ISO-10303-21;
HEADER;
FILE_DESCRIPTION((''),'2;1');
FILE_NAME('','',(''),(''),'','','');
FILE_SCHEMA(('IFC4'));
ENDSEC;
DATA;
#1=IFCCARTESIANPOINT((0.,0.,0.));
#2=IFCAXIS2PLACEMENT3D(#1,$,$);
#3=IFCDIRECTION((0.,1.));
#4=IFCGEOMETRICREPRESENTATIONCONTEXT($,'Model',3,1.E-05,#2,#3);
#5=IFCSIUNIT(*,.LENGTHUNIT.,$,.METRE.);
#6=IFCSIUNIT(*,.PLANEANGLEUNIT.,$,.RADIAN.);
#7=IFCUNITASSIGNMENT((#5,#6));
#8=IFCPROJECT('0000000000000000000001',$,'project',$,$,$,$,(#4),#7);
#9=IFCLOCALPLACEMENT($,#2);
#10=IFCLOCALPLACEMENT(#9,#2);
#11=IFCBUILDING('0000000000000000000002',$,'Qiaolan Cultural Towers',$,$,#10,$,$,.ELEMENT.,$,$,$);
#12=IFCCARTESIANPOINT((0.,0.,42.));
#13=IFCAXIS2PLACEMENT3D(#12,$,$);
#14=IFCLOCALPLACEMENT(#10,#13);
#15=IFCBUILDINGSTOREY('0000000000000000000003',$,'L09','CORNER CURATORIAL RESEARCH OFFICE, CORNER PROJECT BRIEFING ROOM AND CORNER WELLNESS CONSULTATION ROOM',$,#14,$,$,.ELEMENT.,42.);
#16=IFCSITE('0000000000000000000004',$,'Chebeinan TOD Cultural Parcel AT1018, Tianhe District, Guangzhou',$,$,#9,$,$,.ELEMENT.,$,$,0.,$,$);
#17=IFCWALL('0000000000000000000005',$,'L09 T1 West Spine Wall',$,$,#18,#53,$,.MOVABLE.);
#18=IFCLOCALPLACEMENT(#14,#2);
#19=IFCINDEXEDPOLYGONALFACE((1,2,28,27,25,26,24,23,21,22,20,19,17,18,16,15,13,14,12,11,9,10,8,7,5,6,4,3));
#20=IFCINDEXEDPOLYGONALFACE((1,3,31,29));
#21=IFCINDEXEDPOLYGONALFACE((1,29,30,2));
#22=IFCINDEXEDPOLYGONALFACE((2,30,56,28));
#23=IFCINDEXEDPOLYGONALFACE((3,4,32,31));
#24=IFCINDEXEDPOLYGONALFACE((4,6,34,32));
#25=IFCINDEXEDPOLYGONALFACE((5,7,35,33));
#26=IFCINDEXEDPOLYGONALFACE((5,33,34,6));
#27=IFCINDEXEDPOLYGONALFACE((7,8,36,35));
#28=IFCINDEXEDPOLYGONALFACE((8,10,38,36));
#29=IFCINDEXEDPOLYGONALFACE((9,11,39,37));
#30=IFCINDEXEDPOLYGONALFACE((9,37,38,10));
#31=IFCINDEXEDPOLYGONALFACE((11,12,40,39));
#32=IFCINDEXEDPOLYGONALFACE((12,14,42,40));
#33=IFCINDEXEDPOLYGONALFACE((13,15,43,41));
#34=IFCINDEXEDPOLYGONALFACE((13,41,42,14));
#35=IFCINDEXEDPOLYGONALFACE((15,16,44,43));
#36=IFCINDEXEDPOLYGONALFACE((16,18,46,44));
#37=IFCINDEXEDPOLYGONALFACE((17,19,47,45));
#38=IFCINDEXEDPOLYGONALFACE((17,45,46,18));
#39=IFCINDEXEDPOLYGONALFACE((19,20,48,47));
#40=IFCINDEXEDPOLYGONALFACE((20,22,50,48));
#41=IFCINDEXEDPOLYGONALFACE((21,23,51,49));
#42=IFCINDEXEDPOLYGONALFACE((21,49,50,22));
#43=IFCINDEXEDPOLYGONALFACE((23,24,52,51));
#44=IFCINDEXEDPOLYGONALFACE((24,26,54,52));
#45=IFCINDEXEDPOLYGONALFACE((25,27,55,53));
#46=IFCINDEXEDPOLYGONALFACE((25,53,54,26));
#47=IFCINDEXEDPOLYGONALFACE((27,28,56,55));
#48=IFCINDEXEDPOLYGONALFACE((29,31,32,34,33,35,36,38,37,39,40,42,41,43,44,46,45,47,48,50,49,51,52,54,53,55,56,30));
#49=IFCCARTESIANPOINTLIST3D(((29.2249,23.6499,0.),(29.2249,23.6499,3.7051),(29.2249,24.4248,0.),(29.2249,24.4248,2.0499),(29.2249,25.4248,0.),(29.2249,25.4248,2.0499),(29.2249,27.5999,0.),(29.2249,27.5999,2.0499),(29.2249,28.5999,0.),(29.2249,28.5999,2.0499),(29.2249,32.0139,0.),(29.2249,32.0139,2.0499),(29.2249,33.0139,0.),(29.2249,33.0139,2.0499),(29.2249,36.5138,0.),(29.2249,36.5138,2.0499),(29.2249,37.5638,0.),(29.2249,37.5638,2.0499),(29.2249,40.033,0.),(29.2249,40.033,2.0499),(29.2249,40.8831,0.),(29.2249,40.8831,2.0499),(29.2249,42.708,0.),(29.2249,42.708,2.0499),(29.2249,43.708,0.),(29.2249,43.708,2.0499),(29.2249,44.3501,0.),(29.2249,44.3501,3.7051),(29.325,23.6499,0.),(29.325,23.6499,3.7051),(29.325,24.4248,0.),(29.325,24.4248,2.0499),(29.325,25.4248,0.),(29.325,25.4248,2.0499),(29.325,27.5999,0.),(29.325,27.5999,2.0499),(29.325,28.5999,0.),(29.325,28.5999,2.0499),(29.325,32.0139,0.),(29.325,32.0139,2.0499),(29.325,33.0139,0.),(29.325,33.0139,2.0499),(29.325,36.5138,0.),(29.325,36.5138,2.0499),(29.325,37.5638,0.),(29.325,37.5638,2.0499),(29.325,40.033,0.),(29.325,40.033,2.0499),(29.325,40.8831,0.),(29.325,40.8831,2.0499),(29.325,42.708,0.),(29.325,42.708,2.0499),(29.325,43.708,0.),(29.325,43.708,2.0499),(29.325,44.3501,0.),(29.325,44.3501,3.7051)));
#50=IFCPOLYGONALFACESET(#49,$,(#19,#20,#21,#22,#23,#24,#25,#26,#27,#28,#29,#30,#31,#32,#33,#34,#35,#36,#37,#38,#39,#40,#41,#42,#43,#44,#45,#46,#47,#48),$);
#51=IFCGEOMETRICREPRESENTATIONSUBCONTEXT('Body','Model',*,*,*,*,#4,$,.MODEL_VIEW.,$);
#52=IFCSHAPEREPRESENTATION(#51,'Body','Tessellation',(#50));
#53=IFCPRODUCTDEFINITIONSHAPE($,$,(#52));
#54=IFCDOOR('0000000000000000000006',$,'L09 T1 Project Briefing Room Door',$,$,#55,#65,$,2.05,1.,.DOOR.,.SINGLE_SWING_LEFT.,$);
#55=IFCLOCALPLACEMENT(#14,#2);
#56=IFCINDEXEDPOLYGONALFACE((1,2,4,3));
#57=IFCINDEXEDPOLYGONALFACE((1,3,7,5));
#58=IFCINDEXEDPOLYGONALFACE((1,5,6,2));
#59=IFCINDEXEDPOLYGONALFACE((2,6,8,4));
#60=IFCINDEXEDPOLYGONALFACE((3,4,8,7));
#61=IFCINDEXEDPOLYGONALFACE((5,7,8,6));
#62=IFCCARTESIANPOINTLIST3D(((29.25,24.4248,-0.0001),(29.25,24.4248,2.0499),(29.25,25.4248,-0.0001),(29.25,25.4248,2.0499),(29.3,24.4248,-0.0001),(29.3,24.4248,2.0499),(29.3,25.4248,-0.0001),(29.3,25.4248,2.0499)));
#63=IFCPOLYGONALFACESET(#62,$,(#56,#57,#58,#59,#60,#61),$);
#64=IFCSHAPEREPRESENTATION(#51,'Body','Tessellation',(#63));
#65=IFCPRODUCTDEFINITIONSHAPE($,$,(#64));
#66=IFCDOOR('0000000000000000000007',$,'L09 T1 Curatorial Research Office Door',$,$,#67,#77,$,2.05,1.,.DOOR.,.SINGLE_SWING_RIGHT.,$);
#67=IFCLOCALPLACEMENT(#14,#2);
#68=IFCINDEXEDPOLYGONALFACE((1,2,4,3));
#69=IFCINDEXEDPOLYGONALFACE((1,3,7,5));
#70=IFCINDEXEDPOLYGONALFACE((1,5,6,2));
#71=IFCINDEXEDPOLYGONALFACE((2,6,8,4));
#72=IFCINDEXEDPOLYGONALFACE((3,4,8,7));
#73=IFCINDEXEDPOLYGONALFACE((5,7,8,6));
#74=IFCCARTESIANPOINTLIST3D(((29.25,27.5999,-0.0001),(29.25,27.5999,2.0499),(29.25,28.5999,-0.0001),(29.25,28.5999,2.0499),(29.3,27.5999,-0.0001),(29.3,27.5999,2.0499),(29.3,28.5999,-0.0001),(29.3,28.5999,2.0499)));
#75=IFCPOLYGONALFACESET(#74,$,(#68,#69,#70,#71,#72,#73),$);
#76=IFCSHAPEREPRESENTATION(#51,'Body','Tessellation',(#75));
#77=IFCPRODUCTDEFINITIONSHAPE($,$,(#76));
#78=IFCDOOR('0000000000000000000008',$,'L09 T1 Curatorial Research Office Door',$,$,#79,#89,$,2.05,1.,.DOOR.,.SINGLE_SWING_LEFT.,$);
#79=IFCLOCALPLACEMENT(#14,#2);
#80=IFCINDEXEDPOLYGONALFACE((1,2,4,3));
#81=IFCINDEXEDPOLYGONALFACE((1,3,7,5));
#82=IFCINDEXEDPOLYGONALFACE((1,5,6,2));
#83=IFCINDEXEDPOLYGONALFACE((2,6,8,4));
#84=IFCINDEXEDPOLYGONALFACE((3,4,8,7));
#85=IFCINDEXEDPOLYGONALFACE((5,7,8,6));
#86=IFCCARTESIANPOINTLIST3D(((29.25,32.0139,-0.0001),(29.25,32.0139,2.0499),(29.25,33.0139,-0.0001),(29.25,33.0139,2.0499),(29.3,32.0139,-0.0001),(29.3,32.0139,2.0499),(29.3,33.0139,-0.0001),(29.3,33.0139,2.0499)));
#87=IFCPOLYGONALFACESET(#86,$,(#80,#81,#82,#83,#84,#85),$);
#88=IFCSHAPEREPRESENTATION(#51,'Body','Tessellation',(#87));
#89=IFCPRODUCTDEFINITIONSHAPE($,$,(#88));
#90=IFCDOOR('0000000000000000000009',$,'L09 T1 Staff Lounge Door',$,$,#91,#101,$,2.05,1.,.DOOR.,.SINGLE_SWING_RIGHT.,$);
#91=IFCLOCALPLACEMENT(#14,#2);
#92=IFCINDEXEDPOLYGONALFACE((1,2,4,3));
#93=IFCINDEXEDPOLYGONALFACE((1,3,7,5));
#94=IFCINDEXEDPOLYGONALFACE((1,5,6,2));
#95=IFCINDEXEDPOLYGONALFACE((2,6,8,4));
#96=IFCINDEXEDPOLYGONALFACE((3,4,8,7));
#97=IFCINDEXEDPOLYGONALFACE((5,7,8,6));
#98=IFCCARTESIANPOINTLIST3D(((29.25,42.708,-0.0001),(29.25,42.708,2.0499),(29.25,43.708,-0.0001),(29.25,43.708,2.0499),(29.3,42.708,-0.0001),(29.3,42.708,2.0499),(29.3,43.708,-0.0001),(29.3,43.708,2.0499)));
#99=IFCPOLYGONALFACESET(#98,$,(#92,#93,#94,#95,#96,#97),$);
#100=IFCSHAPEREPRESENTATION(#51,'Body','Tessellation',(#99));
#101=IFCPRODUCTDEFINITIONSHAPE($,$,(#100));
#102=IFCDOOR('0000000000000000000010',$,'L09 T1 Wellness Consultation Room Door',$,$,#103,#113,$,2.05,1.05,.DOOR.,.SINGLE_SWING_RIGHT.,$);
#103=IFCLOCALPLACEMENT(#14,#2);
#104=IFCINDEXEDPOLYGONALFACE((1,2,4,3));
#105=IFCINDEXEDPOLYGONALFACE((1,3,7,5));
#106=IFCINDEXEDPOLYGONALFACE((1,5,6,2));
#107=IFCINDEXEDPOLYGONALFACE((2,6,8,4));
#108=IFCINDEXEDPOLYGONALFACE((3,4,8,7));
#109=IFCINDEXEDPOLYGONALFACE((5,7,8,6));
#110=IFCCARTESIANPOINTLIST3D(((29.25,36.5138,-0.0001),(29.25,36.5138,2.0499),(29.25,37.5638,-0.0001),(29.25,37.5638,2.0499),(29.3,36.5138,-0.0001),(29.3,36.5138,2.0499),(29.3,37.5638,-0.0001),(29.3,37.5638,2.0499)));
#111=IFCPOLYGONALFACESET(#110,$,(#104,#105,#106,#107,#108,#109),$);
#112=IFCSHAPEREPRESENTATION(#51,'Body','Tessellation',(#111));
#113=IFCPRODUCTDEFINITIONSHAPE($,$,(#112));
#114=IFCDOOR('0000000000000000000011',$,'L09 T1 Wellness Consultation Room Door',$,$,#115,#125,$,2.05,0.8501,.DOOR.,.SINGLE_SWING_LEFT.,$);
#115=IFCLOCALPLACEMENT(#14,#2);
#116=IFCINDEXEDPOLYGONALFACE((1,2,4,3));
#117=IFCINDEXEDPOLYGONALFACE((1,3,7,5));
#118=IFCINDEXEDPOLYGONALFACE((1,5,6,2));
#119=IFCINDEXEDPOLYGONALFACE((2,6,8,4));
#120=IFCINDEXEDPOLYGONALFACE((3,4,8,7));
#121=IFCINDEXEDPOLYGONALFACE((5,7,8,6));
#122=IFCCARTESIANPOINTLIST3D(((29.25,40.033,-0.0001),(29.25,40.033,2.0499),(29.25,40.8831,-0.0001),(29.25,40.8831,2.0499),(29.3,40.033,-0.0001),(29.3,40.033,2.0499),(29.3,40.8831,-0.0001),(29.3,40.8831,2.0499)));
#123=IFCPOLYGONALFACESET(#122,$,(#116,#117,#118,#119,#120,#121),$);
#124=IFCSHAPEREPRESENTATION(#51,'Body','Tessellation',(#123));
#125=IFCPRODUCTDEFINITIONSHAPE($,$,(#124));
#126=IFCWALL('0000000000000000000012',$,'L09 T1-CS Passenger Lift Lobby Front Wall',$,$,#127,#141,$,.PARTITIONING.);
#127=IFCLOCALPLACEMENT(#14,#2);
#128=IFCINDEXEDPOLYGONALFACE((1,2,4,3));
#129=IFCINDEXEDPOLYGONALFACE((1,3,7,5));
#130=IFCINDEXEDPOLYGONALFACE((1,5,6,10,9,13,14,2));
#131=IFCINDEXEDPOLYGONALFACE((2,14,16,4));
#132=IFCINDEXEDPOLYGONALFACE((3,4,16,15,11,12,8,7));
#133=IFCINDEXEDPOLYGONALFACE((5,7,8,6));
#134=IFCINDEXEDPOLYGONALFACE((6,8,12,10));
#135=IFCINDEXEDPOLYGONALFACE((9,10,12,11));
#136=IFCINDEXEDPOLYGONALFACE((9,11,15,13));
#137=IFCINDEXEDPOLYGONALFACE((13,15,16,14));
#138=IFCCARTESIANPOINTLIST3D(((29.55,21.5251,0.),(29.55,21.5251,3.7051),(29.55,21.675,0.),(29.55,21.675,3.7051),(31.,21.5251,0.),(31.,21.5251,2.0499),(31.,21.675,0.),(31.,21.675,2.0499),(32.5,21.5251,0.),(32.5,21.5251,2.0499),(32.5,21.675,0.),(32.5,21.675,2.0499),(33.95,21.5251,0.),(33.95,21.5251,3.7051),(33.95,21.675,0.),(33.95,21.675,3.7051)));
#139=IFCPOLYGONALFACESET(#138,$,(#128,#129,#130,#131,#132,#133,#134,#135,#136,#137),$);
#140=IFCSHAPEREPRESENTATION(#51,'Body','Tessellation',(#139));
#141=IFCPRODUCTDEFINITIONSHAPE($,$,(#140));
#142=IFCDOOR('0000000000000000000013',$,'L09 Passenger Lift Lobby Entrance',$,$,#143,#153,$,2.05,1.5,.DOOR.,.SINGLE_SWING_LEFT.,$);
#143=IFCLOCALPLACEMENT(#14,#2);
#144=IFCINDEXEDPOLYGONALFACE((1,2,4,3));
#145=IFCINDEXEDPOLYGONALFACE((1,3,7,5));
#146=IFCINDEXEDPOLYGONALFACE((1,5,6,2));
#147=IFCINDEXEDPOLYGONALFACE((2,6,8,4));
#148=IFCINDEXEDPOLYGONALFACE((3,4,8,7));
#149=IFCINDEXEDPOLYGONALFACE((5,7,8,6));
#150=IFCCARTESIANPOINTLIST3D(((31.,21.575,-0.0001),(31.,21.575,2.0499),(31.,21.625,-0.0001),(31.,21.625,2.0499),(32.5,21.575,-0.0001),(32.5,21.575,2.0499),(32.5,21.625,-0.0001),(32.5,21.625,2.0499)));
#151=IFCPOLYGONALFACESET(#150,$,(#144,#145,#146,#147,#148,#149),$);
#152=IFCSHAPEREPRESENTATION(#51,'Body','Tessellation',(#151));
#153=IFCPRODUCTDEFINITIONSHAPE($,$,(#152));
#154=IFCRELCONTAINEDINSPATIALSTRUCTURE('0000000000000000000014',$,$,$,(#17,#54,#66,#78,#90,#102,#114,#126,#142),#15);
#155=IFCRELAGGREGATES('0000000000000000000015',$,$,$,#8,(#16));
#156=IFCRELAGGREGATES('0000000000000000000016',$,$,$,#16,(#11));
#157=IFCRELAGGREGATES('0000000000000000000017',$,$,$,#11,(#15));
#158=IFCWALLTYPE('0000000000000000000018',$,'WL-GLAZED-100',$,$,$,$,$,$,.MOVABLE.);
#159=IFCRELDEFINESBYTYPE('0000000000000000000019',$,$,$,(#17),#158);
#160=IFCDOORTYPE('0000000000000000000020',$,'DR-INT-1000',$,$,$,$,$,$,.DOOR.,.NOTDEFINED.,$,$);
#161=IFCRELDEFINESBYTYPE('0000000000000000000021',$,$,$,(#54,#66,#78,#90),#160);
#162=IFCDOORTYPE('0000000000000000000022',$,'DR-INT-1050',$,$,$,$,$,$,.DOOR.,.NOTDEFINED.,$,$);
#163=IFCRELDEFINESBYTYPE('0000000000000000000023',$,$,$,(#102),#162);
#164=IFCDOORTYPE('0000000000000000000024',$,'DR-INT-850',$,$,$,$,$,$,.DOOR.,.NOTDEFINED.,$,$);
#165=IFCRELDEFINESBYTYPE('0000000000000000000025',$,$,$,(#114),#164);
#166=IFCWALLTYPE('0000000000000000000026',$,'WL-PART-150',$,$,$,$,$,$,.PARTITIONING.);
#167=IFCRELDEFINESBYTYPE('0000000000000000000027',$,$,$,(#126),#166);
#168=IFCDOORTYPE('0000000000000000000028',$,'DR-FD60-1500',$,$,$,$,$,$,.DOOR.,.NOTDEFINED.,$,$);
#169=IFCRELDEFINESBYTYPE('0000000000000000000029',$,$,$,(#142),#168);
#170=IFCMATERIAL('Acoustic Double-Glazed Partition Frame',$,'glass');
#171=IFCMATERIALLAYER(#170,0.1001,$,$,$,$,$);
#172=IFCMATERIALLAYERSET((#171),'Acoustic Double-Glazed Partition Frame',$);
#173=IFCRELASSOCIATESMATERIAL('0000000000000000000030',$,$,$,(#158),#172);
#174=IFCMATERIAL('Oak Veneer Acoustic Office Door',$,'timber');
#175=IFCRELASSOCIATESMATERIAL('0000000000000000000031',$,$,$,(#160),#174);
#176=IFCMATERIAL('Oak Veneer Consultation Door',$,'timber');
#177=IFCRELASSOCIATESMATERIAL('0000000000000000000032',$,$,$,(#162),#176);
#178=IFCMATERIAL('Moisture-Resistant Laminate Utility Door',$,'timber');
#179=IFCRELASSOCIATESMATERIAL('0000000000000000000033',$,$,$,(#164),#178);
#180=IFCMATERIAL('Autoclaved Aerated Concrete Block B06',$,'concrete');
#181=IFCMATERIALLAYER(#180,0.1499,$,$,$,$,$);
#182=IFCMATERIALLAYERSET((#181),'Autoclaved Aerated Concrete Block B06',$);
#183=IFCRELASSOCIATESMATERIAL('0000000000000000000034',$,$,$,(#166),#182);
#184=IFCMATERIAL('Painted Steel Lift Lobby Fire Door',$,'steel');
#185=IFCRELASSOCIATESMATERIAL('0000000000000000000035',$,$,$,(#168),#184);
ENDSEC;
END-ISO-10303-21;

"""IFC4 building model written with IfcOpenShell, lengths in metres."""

from ifc_helpers import new_model, si_unit, direction, frame, frame_2d, origin, place, context, subcontext, project, spatial, rectangle, extrude, material, layer, layer_set, type_object, element, fill, save


model = new_model("IFC4")

# Units and contexts
model_context = context("Model", 3, precision=1e-05, world=origin(), true_north=direction((0.0, 1.0)))
body_context = subcontext(model_context, "Body", "Model", "MODEL_VIEW")
ifc_project = project(units=[si_unit("LENGTHUNIT", "METRE"), si_unit("PLANEANGLEUNIT", "RADIAN")], contexts=[model_context])

# Site, building, storey
site_placement = place(None, origin())
site = spatial("IfcSite", under=ifc_project, at=site_placement, Name="Chebeinan TOD Cultural Parcel AT1018, Tianhe District, Guangzhou", CompositionType="ELEMENT", RefElevation=0.0)
building_placement = place(site_placement, origin())
building = spatial("IfcBuilding", under=site, at=building_placement, Name="Qiaolan Cultural Towers", CompositionType="ELEMENT")
storey_placement = place(building_placement, frame((0.0, 0.0, 42.0)))
storey = spatial("IfcBuildingStorey", under=building, at=storey_placement, Name="L09", Description="CORNER CURATORIAL RESEARCH OFFICE, CORNER PROJECT BRIEFING ROOM AND CORNER WELLNESS CONSULTATION ROOM", CompositionType="ELEMENT", Elevation=42.0)

# Shared definitions
ifc_material_1 = material(Name="Acoustic Double-Glazed Partition Frame", Category="glass")
ifc_layer_1 = layer(ifc_material_1, 0.1001)
ifc_layer_set_1 = layer_set([ifc_layer_1], Name="Acoustic Double-Glazed Partition Frame")
wall_type_1 = type_object("IfcWallType", Name="WL-GLAZED-100", PredefinedType="MOVABLE", material=ifc_layer_set_1)

# Wall, openings, doors
wall_1_placement = place(storey_placement, frame((29.2749, 23.6499, 0.0), z_axis=(0.0, 0.0, 1.0), x_axis=(0.0, 1.0, 0.0)))
wall_1 = element("IfcWall", 1, at=wall_1_placement, inside=storey, type_object=wall_type_1, Name="L09 T1 West Spine Wall", PredefinedType="MOVABLE", context=body_context, shape_type="SweptSolid", body=[
    extrude(rectangle(XDim=20.7002, YDim=0.1001, at=frame_2d((10.3501, 0.0))), origin(), (0.0, 0.0, 1.0), 3.7051),
])
opening_1_placement = place(wall_1_placement, frame((0.7749, 0.0, 0.0)))
opening_1 = element("IfcOpeningElement", 2, at=opening_1_placement, cuts=wall_1, PredefinedType="OPENING", context=body_context, shape_type="SweptSolid", body=[
    extrude(rectangle(XDim=1.0, YDim=2.05, at=frame_2d((0.5, 1.0249))), frame((0.0, 0.0601, 0.0), z_axis=(0.0, -1.0, 0.0), x_axis=(1.0, 0.0, 0.0)), (0.0, 0.0, 1.0), 0.1201),
])
opening_2_placement = place(wall_1_placement, frame((3.95, 0.0, 0.0)))
opening_2 = element("IfcOpeningElement", 3, at=opening_2_placement, cuts=wall_1, PredefinedType="OPENING", context=body_context, shape_type="SweptSolid", body=[
    extrude(rectangle(XDim=1.0, YDim=2.05, at=frame_2d((0.5, 1.0249))), frame((0.0, 0.0601, 0.0), z_axis=(0.0, -1.0, 0.0), x_axis=(1.0, 0.0, 0.0)), (0.0, 0.0, 1.0), 0.1201),
])
opening_3_placement = place(wall_1_placement, frame((8.364, 0.0, 0.0)))
opening_3 = element("IfcOpeningElement", 4, at=opening_3_placement, cuts=wall_1, PredefinedType="OPENING", context=body_context, shape_type="SweptSolid", body=[
    extrude(rectangle(XDim=1.0, YDim=2.05, at=frame_2d((0.5, 1.0249))), frame((0.0, 0.0601, 0.0), z_axis=(0.0, -1.0, 0.0), x_axis=(1.0, 0.0, 0.0)), (0.0, 0.0, 1.0), 0.1201),
])
opening_4_placement = place(wall_1_placement, frame((12.864, 0.0, 0.0)))
opening_4 = element("IfcOpeningElement", 5, at=opening_4_placement, cuts=wall_1, PredefinedType="OPENING", context=body_context, shape_type="SweptSolid", body=[
    extrude(rectangle(XDim=1.05, YDim=2.05, at=frame_2d((0.5249, 1.0249))), frame((0.0, 0.0601, 0.0), z_axis=(0.0, -1.0, 0.0), x_axis=(1.0, 0.0, 0.0)), (0.0, 0.0, 1.0), 0.1201),
])
opening_5_placement = place(wall_1_placement, frame((16.3831, 0.0, 0.0)))
opening_5 = element("IfcOpeningElement", 6, at=opening_5_placement, cuts=wall_1, PredefinedType="OPENING", context=body_context, shape_type="SweptSolid", body=[
    extrude(rectangle(XDim=0.8501, YDim=2.05, at=frame_2d((0.425, 1.0249))), frame((0.0, 0.0601, 0.0), z_axis=(0.0, -1.0, 0.0), x_axis=(1.0, 0.0, 0.0)), (0.0, 0.0, 1.0), 0.1201),
])
opening_6_placement = place(wall_1_placement, frame((19.0581, 0.0, 0.0)))
opening_6 = element("IfcOpeningElement", 7, at=opening_6_placement, cuts=wall_1, PredefinedType="OPENING", context=body_context, shape_type="SweptSolid", body=[
    extrude(rectangle(XDim=1.0, YDim=2.05, at=frame_2d((0.5, 1.0249))), frame((0.0, 0.0601, 0.0), z_axis=(0.0, -1.0, 0.0), x_axis=(1.0, 0.0, 0.0)), (0.0, 0.0, 1.0), 0.1201),
])
ifc_material_2 = material(Name="Oak Veneer Acoustic Office Door", Category="timber")
door_type_1 = type_object("IfcDoorType", Name="DR-INT-1000", OperationType="NOTDEFINED", PredefinedType="DOOR", material=ifc_material_2)
door_1_placement = place(opening_1_placement, origin())
door_1 = element("IfcDoor", 8, at=door_1_placement, inside=storey, type_object=door_type_1, Name="L09 T1 Project Briefing Room Door", OperationType="SINGLE_SWING_LEFT", OverallHeight=2.05, OverallWidth=1.0, PredefinedType="DOOR", context=body_context, shape_type="SweptSolid", body=[
    extrude(rectangle(XDim=1.0, YDim=2.05, at=frame_2d((0.5, 1.0249))), frame((0.0, 0.0249, 0.0), z_axis=(0.0, -1.0, 0.0), x_axis=(1.0, 0.0, 0.0)), (0.0, 0.0, 1.0), 0.05),
])
fill(opening_1, door_1)
door_2_placement = place(opening_2_placement, origin())
door_2 = element("IfcDoor", 9, at=door_2_placement, inside=storey, type_object=door_type_1, Name="L09 T1 Curatorial Research Office Door", OperationType="SINGLE_SWING_RIGHT", OverallHeight=2.05, OverallWidth=1.0, PredefinedType="DOOR", context=body_context, shape_type="SweptSolid", body=[
    extrude(rectangle(XDim=1.0, YDim=2.05, at=frame_2d((0.5, 1.0249))), frame((0.0, 0.0249, 0.0), z_axis=(0.0, -1.0, 0.0), x_axis=(1.0, 0.0, 0.0)), (0.0, 0.0, 1.0), 0.05),
])
fill(opening_2, door_2)
door_3_placement = place(opening_3_placement, origin())
door_3 = element("IfcDoor", 10, at=door_3_placement, inside=storey, type_object=door_type_1, Name="L09 T1 Curatorial Research Office Door", OperationType="SINGLE_SWING_LEFT", OverallHeight=2.05, OverallWidth=1.0, PredefinedType="DOOR", context=body_context, shape_type="SweptSolid", body=[
    extrude(rectangle(XDim=1.0, YDim=2.05, at=frame_2d((0.5, 1.0249))), frame((0.0, 0.0249, 0.0), z_axis=(0.0, -1.0, 0.0), x_axis=(1.0, 0.0, 0.0)), (0.0, 0.0, 1.0), 0.05),
])
fill(opening_3, door_3)
door_4_placement = place(opening_6_placement, origin())
door_4 = element("IfcDoor", 11, at=door_4_placement, inside=storey, type_object=door_type_1, Name="L09 T1 Staff Lounge Door", OperationType="SINGLE_SWING_RIGHT", OverallHeight=2.05, OverallWidth=1.0, PredefinedType="DOOR", context=body_context, shape_type="SweptSolid", body=[
    extrude(rectangle(XDim=1.0, YDim=2.05, at=frame_2d((0.5, 1.0249))), frame((0.0, 0.0249, 0.0), z_axis=(0.0, -1.0, 0.0), x_axis=(1.0, 0.0, 0.0)), (0.0, 0.0, 1.0), 0.05),
])
fill(opening_6, door_4)
ifc_material_3 = material(Name="Oak Veneer Consultation Door", Category="timber")
door_type_2 = type_object("IfcDoorType", Name="DR-INT-1050", OperationType="NOTDEFINED", PredefinedType="DOOR", material=ifc_material_3)
door_5_placement = place(opening_4_placement, origin())
door_5 = element("IfcDoor", 12, at=door_5_placement, inside=storey, type_object=door_type_2, Name="L09 T1 Wellness Consultation Room Door", OperationType="SINGLE_SWING_RIGHT", OverallHeight=2.05, OverallWidth=1.05, PredefinedType="DOOR", context=body_context, shape_type="SweptSolid", body=[
    extrude(rectangle(XDim=1.05, YDim=2.05, at=frame_2d((0.5249, 1.0249))), frame((0.0, 0.0249, 0.0), z_axis=(0.0, -1.0, 0.0), x_axis=(1.0, 0.0, 0.0)), (0.0, 0.0, 1.0), 0.05),
])
fill(opening_4, door_5)
ifc_material_4 = material(Name="Moisture-Resistant Laminate Utility Door", Category="timber")
door_type_3 = type_object("IfcDoorType", Name="DR-INT-850", OperationType="NOTDEFINED", PredefinedType="DOOR", material=ifc_material_4)
door_6_placement = place(opening_5_placement, origin())
door_6 = element("IfcDoor", 13, at=door_6_placement, inside=storey, type_object=door_type_3, Name="L09 T1 Wellness Consultation Room Door", OperationType="SINGLE_SWING_LEFT", OverallHeight=2.05, OverallWidth=0.8501, PredefinedType="DOOR", context=body_context, shape_type="SweptSolid", body=[
    extrude(rectangle(XDim=0.8501, YDim=2.05, at=frame_2d((0.425, 1.0249))), frame((0.0, 0.0249, 0.0), z_axis=(0.0, -1.0, 0.0), x_axis=(1.0, 0.0, 0.0)), (0.0, 0.0, 1.0), 0.05),
])
fill(opening_5, door_6)

# Wall, opening, door
ifc_material_5 = material(Name="Autoclaved Aerated Concrete Block B06", Category="concrete")
ifc_layer_2 = layer(ifc_material_5, 0.1499)
ifc_layer_set_2 = layer_set([ifc_layer_2], Name="Autoclaved Aerated Concrete Block B06")
wall_type_2 = type_object("IfcWallType", Name="WL-PART-150", PredefinedType="PARTITIONING", material=ifc_layer_set_2)
wall_2_placement = place(storey_placement, frame((29.55, 21.6001, 0.0), z_axis=(0.0, 0.0, 1.0), x_axis=(1.0, 0.0, 0.0)))
wall_2 = element("IfcWall", 14, at=wall_2_placement, inside=storey, type_object=wall_type_2, Name="L09 T1-CS Passenger Lift Lobby Front Wall", PredefinedType="PARTITIONING", context=body_context, shape_type="SweptSolid", body=[
    extrude(rectangle(XDim=4.3999, YDim=0.1499, at=frame_2d((2.2, 0.0))), origin(), (0.0, 0.0, 1.0), 3.7051),
])
opening_7_placement = place(wall_2_placement, frame((1.45, 0.0, 0.0)))
opening_7 = element("IfcOpeningElement", 15, at=opening_7_placement, cuts=wall_2, PredefinedType="OPENING", context=body_context, shape_type="SweptSolid", body=[
    extrude(rectangle(XDim=1.5, YDim=2.05, at=frame_2d((0.75, 1.0249))), frame((0.0, 0.085, 0.0), z_axis=(0.0, -1.0, 0.0), x_axis=(1.0, 0.0, 0.0)), (0.0, 0.0, 1.0), 0.1699),
])
ifc_material_6 = material(Name="Painted Steel Lift Lobby Fire Door", Category="steel")
door_type_4 = type_object("IfcDoorType", Name="DR-FD60-1500", OperationType="NOTDEFINED", PredefinedType="DOOR", material=ifc_material_6)
door_7_placement = place(opening_7_placement, origin())
door_7 = element("IfcDoor", 16, at=door_7_placement, inside=storey, type_object=door_type_4, Name="L09 Passenger Lift Lobby Entrance", OperationType="SINGLE_SWING_LEFT", OverallHeight=2.05, OverallWidth=1.5, PredefinedType="DOOR", context=body_context, shape_type="SweptSolid", body=[
    extrude(rectangle(XDim=1.5, YDim=2.05, at=frame_2d((0.75, 1.0249))), frame((0.0, 0.0249, 0.0), z_axis=(0.0, -1.0, 0.0), x_axis=(1.0, 0.0, 0.0)), (0.0, 0.0, 1.0), 0.05),
])
fill(opening_7, door_7)

save(model, "model.ifc")
